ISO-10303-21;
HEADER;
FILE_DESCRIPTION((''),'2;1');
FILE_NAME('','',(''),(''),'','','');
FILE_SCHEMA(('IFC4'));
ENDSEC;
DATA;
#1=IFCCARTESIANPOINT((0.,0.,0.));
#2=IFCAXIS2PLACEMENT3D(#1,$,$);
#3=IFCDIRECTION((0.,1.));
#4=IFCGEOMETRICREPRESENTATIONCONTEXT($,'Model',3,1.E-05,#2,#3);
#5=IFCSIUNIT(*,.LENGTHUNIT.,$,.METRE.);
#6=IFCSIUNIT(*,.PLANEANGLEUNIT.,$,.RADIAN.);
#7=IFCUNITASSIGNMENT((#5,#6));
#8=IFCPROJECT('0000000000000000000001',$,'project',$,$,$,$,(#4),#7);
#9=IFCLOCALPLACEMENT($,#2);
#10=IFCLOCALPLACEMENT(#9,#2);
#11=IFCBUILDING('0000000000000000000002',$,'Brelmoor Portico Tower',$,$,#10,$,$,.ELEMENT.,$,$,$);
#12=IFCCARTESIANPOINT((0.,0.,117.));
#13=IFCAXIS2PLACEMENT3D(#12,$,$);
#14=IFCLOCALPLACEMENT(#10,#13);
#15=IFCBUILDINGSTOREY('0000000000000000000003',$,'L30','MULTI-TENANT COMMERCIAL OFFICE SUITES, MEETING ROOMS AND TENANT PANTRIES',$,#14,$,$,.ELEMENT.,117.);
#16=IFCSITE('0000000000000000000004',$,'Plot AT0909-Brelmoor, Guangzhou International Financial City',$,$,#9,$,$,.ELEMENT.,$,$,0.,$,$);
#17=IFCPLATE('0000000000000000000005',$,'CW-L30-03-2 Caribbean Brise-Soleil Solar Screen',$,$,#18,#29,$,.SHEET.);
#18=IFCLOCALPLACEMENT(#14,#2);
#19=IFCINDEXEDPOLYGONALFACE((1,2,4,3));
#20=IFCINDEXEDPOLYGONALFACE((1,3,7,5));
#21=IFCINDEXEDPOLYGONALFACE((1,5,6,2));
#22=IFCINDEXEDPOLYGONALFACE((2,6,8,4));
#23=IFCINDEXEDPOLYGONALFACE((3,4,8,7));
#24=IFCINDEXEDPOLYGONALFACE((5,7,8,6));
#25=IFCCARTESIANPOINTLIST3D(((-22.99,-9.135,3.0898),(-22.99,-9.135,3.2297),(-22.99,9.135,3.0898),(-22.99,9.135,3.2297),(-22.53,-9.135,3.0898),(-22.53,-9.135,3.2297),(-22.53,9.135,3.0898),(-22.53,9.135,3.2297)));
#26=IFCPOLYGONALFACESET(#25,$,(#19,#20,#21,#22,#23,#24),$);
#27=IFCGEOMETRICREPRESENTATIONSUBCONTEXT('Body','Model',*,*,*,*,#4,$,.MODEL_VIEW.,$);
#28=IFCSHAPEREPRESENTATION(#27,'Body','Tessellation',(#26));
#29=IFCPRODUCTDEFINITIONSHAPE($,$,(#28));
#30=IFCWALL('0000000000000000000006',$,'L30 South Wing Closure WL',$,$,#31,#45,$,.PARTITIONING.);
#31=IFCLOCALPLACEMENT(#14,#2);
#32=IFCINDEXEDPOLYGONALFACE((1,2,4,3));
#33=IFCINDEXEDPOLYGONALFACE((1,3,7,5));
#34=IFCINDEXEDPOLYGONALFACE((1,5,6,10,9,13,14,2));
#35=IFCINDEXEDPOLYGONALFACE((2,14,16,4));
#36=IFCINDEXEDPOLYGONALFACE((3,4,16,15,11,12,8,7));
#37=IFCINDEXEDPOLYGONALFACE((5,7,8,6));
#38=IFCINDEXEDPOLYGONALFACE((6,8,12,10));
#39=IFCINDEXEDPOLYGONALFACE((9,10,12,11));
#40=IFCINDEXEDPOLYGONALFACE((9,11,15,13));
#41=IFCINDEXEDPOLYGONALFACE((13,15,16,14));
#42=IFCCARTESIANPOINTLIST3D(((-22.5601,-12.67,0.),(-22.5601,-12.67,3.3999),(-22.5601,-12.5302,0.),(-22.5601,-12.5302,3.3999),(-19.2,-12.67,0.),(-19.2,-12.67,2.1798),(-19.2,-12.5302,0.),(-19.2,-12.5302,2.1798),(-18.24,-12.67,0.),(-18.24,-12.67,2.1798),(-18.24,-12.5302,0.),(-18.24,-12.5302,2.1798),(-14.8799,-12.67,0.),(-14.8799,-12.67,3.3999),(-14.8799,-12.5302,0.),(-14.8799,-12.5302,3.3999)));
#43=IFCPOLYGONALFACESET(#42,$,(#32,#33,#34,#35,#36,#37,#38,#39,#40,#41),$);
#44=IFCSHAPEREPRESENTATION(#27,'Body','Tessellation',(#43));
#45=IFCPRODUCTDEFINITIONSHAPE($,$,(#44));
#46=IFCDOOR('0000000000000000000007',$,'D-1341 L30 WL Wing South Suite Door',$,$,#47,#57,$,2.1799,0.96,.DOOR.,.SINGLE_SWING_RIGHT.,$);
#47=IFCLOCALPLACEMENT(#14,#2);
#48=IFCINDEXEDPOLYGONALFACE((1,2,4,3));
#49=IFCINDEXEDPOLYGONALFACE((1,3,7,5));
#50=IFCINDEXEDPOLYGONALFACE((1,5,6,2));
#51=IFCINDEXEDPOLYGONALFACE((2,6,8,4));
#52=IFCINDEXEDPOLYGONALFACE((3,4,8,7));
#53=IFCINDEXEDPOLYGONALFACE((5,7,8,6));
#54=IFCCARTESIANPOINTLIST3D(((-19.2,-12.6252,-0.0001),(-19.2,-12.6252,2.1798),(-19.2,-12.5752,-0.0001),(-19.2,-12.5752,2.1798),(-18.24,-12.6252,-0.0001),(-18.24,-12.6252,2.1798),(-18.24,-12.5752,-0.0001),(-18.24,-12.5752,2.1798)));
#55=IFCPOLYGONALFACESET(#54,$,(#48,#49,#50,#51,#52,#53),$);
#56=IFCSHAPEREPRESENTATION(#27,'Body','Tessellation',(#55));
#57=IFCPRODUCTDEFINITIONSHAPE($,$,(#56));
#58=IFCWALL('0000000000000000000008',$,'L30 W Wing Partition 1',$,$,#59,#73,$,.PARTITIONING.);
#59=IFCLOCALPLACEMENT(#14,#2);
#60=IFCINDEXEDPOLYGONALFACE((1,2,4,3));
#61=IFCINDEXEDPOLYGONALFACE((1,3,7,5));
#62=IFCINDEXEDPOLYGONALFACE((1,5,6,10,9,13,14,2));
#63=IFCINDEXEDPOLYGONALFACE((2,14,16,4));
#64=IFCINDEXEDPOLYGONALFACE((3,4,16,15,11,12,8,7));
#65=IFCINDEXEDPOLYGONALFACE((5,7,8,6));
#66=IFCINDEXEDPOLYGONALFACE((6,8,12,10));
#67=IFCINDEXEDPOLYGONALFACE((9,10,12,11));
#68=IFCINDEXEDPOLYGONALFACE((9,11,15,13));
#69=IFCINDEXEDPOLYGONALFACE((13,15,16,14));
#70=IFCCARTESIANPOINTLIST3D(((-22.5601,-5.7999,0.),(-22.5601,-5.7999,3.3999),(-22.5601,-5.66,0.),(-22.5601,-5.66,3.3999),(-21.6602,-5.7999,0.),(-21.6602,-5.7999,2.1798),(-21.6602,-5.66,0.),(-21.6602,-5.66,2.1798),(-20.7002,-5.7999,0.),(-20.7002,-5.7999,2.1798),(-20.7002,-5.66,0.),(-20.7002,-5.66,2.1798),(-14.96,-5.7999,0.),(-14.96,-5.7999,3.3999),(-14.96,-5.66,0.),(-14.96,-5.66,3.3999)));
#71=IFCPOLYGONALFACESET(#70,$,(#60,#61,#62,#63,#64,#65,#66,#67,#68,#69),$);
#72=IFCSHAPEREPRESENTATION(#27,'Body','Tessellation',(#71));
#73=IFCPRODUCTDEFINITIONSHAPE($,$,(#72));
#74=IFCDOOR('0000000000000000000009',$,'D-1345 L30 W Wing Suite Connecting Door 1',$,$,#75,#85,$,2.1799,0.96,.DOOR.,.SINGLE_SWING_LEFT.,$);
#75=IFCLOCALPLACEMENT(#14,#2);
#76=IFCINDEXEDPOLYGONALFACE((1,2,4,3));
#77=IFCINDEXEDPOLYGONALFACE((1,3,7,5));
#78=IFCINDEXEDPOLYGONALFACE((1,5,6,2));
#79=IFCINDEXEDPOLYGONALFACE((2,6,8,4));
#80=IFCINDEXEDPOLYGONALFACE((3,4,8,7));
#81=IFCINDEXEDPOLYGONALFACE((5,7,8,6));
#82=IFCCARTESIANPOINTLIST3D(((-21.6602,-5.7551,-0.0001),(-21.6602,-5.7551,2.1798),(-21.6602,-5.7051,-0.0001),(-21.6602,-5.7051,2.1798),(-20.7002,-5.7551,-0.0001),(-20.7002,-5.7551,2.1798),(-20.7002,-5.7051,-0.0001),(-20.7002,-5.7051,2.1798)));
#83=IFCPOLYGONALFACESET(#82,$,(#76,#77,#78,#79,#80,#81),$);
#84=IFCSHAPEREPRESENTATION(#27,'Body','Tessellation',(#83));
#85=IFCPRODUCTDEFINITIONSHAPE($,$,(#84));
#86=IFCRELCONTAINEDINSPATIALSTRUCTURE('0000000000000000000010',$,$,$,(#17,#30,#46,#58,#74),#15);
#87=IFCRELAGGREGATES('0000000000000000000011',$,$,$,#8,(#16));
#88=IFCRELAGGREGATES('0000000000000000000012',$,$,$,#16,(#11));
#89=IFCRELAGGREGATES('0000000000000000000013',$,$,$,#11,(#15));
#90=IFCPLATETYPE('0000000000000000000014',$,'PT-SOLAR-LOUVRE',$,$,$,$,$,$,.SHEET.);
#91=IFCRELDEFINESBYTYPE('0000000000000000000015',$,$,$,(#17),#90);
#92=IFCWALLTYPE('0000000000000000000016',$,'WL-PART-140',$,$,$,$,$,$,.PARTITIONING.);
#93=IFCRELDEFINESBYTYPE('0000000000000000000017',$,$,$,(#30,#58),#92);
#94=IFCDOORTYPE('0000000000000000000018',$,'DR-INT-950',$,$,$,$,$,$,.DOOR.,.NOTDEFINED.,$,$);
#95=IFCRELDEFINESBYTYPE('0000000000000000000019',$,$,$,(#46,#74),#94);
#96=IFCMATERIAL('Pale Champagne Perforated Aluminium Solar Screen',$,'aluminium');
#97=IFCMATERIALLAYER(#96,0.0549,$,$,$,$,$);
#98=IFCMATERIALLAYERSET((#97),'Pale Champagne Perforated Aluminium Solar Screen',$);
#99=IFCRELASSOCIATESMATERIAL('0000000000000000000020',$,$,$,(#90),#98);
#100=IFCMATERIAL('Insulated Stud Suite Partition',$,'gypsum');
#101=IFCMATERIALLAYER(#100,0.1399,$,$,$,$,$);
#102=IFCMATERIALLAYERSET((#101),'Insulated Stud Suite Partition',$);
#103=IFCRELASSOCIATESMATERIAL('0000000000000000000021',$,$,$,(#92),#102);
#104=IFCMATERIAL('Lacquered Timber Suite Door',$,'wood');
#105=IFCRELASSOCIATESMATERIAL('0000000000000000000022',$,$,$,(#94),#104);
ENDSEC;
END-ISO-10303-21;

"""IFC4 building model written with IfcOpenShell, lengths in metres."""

from ifc_helpers import new_model, si_unit, direction, frame, frame_2d, origin, origin_2d, place, context, subcontext, project, spatial, rectangle, extrude, material, layer, layer_set, type_object, element, fill, save


model = new_model("IFC4")

# Units and contexts
model_context = context("Model", 3, precision=1e-05, world=origin(), true_north=direction((0.0, 1.0)))
body_context = subcontext(model_context, "Body", "Model", "MODEL_VIEW")
ifc_project = project(units=[si_unit("LENGTHUNIT", "METRE"), si_unit("PLANEANGLEUNIT", "RADIAN")], contexts=[model_context])

# Site, building, storey
site_placement = place(None, origin())
site = spatial("IfcSite", under=ifc_project, at=site_placement, Name="Plot AT0909-Brelmoor, Guangzhou International Financial City", CompositionType="ELEMENT", RefElevation=0.0)
building_placement = place(site_placement, origin())
building = spatial("IfcBuilding", under=site, at=building_placement, Name="Brelmoor Portico Tower", CompositionType="ELEMENT")
storey_placement = place(building_placement, frame((0.0, 0.0, 117.0)))
storey = spatial("IfcBuildingStorey", under=building, at=storey_placement, Name="L30", Description="MULTI-TENANT COMMERCIAL OFFICE SUITES, MEETING ROOMS AND TENANT PANTRIES", CompositionType="ELEMENT", Elevation=117.0)

# Plate
ifc_material_1 = material(Name="Pale Champagne Perforated Aluminium Solar Screen", Category="aluminium")
ifc_layer_1 = layer(ifc_material_1, 0.0549)
ifc_layer_set_1 = layer_set([ifc_layer_1], Name="Pale Champagne Perforated Aluminium Solar Screen")
plate_type_1 = type_object("IfcPlateType", Name="PT-SOLAR-LOUVRE", PredefinedType="SHEET", material=ifc_layer_set_1)
plate_1_placement = place(storey_placement, frame((-22.76, 0.0, 3.0898), z_axis=(0.0, 0.0, 1.0), x_axis=(0.0, 1.0, 0.0)))
element("IfcPlate", 1, at=plate_1_placement, inside=storey, type_object=plate_type_1, Name="CW-L30-03-2 Caribbean Brise-Soleil Solar Screen", PredefinedType="SHEET", context=body_context, shape_type="SweptSolid", body=[
    extrude(rectangle(XDim=18.27, YDim=0.46, at=origin_2d()), origin(), (0.0, 0.0, 1.0), 0.1399),
])

# Walls, openings, doors
ifc_material_2 = material(Name="Insulated Stud Suite Partition", Category="gypsum")
ifc_layer_2 = layer(ifc_material_2, 0.1399)
ifc_layer_set_2 = layer_set([ifc_layer_2], Name="Insulated Stud Suite Partition")
wall_type = type_object("IfcWallType", Name="WL-PART-140", PredefinedType="PARTITIONING", material=ifc_layer_set_2)
wall_1_placement = place(storey_placement, frame((-22.5601, -12.6001, 0.0), z_axis=(0.0, 0.0, 1.0), x_axis=(1.0, 0.0, 0.0)))
wall_1 = element("IfcWall", 2, at=wall_1_placement, inside=storey, type_object=wall_type, Name="L30 South Wing Closure WL", PredefinedType="PARTITIONING", context=body_context, shape_type="SweptSolid", body=[
    extrude(rectangle(XDim=7.6802, YDim=0.1399, at=frame_2d((3.8401, 0.0))), origin(), (0.0, 0.0, 1.0), 3.3999),
])
opening_1_placement = place(wall_1_placement, frame((3.3601, 0.0, 0.0)))
opening_1 = element("IfcOpeningElement", 3, at=opening_1_placement, cuts=wall_1, PredefinedType="OPENING", context=body_context, shape_type="SweptSolid", body=[
    extrude(rectangle(XDim=0.96, YDim=2.1799, at=frame_2d((0.48, 1.0898))), frame((0.0, 0.0798, 0.0), z_axis=(0.0, -1.0, 0.0), x_axis=(1.0, 0.0, 0.0)), (0.0, 0.0, 1.0), 0.1599),
])
ifc_material_3 = material(Name="Lacquered Timber Suite Door", Category="wood")
door_type = type_object("IfcDoorType", Name="DR-INT-950", OperationType="NOTDEFINED", PredefinedType="DOOR", material=ifc_material_3)
door_1_placement = place(opening_1_placement, origin())
door_1 = element("IfcDoor", 4, at=door_1_placement, inside=storey, type_object=door_type, Name="D-1341 L30 WL Wing South Suite Door", OperationType="SINGLE_SWING_RIGHT", OverallHeight=2.1799, OverallWidth=0.96, PredefinedType="DOOR", context=body_context, shape_type="SweptSolid", body=[
    extrude(rectangle(XDim=0.96, YDim=2.1799, at=frame_2d((0.48, 1.0898))), frame((0.0, 0.0249, 0.0), z_axis=(0.0, -1.0, 0.0), x_axis=(1.0, 0.0, 0.0)), (0.0, 0.0, 1.0), 0.05),
])
fill(opening_1, door_1)
wall_2_placement = place(storey_placement, frame((-22.5601, -5.73, 0.0), z_axis=(0.0, 0.0, 1.0), x_axis=(1.0, 0.0, 0.0)))
wall_2 = element("IfcWall", 5, at=wall_2_placement, inside=storey, type_object=wall_type, Name="L30 W Wing Partition 1", PredefinedType="PARTITIONING", context=body_context, shape_type="SweptSolid", body=[
    extrude(rectangle(XDim=7.6001, YDim=0.1399, at=frame_2d((3.8, 0.0))), origin(), (0.0, 0.0, 1.0), 3.3999),
])
opening_2_placement = place(wall_2_placement, frame((0.8999, 0.0, 0.0)))
opening_2 = element("IfcOpeningElement", 6, at=opening_2_placement, cuts=wall_2, PredefinedType="OPENING", context=body_context, shape_type="SweptSolid", body=[
    extrude(rectangle(XDim=0.96, YDim=2.1799, at=frame_2d((0.48, 1.0898))), frame((0.0, 0.0798, 0.0), z_axis=(0.0, -1.0, 0.0), x_axis=(1.0, 0.0, 0.0)), (0.0, 0.0, 1.0), 0.1599),
])
door_2_placement = place(opening_2_placement, origin())
door_2 = element("IfcDoor", 7, at=door_2_placement, inside=storey, type_object=door_type, Name="D-1345 L30 W Wing Suite Connecting Door 1", OperationType="SINGLE_SWING_LEFT", OverallHeight=2.1799, OverallWidth=0.96, PredefinedType="DOOR", context=body_context, shape_type="SweptSolid", body=[
    extrude(rectangle(XDim=0.96, YDim=2.1799, at=frame_2d((0.48, 1.0898))), frame((0.0, 0.0249, 0.0), z_axis=(0.0, -1.0, 0.0), x_axis=(1.0, 0.0, 0.0)), (0.0, 0.0, 1.0), 0.05),
])
fill(opening_2, door_2)

save(model, "model.ifc")
